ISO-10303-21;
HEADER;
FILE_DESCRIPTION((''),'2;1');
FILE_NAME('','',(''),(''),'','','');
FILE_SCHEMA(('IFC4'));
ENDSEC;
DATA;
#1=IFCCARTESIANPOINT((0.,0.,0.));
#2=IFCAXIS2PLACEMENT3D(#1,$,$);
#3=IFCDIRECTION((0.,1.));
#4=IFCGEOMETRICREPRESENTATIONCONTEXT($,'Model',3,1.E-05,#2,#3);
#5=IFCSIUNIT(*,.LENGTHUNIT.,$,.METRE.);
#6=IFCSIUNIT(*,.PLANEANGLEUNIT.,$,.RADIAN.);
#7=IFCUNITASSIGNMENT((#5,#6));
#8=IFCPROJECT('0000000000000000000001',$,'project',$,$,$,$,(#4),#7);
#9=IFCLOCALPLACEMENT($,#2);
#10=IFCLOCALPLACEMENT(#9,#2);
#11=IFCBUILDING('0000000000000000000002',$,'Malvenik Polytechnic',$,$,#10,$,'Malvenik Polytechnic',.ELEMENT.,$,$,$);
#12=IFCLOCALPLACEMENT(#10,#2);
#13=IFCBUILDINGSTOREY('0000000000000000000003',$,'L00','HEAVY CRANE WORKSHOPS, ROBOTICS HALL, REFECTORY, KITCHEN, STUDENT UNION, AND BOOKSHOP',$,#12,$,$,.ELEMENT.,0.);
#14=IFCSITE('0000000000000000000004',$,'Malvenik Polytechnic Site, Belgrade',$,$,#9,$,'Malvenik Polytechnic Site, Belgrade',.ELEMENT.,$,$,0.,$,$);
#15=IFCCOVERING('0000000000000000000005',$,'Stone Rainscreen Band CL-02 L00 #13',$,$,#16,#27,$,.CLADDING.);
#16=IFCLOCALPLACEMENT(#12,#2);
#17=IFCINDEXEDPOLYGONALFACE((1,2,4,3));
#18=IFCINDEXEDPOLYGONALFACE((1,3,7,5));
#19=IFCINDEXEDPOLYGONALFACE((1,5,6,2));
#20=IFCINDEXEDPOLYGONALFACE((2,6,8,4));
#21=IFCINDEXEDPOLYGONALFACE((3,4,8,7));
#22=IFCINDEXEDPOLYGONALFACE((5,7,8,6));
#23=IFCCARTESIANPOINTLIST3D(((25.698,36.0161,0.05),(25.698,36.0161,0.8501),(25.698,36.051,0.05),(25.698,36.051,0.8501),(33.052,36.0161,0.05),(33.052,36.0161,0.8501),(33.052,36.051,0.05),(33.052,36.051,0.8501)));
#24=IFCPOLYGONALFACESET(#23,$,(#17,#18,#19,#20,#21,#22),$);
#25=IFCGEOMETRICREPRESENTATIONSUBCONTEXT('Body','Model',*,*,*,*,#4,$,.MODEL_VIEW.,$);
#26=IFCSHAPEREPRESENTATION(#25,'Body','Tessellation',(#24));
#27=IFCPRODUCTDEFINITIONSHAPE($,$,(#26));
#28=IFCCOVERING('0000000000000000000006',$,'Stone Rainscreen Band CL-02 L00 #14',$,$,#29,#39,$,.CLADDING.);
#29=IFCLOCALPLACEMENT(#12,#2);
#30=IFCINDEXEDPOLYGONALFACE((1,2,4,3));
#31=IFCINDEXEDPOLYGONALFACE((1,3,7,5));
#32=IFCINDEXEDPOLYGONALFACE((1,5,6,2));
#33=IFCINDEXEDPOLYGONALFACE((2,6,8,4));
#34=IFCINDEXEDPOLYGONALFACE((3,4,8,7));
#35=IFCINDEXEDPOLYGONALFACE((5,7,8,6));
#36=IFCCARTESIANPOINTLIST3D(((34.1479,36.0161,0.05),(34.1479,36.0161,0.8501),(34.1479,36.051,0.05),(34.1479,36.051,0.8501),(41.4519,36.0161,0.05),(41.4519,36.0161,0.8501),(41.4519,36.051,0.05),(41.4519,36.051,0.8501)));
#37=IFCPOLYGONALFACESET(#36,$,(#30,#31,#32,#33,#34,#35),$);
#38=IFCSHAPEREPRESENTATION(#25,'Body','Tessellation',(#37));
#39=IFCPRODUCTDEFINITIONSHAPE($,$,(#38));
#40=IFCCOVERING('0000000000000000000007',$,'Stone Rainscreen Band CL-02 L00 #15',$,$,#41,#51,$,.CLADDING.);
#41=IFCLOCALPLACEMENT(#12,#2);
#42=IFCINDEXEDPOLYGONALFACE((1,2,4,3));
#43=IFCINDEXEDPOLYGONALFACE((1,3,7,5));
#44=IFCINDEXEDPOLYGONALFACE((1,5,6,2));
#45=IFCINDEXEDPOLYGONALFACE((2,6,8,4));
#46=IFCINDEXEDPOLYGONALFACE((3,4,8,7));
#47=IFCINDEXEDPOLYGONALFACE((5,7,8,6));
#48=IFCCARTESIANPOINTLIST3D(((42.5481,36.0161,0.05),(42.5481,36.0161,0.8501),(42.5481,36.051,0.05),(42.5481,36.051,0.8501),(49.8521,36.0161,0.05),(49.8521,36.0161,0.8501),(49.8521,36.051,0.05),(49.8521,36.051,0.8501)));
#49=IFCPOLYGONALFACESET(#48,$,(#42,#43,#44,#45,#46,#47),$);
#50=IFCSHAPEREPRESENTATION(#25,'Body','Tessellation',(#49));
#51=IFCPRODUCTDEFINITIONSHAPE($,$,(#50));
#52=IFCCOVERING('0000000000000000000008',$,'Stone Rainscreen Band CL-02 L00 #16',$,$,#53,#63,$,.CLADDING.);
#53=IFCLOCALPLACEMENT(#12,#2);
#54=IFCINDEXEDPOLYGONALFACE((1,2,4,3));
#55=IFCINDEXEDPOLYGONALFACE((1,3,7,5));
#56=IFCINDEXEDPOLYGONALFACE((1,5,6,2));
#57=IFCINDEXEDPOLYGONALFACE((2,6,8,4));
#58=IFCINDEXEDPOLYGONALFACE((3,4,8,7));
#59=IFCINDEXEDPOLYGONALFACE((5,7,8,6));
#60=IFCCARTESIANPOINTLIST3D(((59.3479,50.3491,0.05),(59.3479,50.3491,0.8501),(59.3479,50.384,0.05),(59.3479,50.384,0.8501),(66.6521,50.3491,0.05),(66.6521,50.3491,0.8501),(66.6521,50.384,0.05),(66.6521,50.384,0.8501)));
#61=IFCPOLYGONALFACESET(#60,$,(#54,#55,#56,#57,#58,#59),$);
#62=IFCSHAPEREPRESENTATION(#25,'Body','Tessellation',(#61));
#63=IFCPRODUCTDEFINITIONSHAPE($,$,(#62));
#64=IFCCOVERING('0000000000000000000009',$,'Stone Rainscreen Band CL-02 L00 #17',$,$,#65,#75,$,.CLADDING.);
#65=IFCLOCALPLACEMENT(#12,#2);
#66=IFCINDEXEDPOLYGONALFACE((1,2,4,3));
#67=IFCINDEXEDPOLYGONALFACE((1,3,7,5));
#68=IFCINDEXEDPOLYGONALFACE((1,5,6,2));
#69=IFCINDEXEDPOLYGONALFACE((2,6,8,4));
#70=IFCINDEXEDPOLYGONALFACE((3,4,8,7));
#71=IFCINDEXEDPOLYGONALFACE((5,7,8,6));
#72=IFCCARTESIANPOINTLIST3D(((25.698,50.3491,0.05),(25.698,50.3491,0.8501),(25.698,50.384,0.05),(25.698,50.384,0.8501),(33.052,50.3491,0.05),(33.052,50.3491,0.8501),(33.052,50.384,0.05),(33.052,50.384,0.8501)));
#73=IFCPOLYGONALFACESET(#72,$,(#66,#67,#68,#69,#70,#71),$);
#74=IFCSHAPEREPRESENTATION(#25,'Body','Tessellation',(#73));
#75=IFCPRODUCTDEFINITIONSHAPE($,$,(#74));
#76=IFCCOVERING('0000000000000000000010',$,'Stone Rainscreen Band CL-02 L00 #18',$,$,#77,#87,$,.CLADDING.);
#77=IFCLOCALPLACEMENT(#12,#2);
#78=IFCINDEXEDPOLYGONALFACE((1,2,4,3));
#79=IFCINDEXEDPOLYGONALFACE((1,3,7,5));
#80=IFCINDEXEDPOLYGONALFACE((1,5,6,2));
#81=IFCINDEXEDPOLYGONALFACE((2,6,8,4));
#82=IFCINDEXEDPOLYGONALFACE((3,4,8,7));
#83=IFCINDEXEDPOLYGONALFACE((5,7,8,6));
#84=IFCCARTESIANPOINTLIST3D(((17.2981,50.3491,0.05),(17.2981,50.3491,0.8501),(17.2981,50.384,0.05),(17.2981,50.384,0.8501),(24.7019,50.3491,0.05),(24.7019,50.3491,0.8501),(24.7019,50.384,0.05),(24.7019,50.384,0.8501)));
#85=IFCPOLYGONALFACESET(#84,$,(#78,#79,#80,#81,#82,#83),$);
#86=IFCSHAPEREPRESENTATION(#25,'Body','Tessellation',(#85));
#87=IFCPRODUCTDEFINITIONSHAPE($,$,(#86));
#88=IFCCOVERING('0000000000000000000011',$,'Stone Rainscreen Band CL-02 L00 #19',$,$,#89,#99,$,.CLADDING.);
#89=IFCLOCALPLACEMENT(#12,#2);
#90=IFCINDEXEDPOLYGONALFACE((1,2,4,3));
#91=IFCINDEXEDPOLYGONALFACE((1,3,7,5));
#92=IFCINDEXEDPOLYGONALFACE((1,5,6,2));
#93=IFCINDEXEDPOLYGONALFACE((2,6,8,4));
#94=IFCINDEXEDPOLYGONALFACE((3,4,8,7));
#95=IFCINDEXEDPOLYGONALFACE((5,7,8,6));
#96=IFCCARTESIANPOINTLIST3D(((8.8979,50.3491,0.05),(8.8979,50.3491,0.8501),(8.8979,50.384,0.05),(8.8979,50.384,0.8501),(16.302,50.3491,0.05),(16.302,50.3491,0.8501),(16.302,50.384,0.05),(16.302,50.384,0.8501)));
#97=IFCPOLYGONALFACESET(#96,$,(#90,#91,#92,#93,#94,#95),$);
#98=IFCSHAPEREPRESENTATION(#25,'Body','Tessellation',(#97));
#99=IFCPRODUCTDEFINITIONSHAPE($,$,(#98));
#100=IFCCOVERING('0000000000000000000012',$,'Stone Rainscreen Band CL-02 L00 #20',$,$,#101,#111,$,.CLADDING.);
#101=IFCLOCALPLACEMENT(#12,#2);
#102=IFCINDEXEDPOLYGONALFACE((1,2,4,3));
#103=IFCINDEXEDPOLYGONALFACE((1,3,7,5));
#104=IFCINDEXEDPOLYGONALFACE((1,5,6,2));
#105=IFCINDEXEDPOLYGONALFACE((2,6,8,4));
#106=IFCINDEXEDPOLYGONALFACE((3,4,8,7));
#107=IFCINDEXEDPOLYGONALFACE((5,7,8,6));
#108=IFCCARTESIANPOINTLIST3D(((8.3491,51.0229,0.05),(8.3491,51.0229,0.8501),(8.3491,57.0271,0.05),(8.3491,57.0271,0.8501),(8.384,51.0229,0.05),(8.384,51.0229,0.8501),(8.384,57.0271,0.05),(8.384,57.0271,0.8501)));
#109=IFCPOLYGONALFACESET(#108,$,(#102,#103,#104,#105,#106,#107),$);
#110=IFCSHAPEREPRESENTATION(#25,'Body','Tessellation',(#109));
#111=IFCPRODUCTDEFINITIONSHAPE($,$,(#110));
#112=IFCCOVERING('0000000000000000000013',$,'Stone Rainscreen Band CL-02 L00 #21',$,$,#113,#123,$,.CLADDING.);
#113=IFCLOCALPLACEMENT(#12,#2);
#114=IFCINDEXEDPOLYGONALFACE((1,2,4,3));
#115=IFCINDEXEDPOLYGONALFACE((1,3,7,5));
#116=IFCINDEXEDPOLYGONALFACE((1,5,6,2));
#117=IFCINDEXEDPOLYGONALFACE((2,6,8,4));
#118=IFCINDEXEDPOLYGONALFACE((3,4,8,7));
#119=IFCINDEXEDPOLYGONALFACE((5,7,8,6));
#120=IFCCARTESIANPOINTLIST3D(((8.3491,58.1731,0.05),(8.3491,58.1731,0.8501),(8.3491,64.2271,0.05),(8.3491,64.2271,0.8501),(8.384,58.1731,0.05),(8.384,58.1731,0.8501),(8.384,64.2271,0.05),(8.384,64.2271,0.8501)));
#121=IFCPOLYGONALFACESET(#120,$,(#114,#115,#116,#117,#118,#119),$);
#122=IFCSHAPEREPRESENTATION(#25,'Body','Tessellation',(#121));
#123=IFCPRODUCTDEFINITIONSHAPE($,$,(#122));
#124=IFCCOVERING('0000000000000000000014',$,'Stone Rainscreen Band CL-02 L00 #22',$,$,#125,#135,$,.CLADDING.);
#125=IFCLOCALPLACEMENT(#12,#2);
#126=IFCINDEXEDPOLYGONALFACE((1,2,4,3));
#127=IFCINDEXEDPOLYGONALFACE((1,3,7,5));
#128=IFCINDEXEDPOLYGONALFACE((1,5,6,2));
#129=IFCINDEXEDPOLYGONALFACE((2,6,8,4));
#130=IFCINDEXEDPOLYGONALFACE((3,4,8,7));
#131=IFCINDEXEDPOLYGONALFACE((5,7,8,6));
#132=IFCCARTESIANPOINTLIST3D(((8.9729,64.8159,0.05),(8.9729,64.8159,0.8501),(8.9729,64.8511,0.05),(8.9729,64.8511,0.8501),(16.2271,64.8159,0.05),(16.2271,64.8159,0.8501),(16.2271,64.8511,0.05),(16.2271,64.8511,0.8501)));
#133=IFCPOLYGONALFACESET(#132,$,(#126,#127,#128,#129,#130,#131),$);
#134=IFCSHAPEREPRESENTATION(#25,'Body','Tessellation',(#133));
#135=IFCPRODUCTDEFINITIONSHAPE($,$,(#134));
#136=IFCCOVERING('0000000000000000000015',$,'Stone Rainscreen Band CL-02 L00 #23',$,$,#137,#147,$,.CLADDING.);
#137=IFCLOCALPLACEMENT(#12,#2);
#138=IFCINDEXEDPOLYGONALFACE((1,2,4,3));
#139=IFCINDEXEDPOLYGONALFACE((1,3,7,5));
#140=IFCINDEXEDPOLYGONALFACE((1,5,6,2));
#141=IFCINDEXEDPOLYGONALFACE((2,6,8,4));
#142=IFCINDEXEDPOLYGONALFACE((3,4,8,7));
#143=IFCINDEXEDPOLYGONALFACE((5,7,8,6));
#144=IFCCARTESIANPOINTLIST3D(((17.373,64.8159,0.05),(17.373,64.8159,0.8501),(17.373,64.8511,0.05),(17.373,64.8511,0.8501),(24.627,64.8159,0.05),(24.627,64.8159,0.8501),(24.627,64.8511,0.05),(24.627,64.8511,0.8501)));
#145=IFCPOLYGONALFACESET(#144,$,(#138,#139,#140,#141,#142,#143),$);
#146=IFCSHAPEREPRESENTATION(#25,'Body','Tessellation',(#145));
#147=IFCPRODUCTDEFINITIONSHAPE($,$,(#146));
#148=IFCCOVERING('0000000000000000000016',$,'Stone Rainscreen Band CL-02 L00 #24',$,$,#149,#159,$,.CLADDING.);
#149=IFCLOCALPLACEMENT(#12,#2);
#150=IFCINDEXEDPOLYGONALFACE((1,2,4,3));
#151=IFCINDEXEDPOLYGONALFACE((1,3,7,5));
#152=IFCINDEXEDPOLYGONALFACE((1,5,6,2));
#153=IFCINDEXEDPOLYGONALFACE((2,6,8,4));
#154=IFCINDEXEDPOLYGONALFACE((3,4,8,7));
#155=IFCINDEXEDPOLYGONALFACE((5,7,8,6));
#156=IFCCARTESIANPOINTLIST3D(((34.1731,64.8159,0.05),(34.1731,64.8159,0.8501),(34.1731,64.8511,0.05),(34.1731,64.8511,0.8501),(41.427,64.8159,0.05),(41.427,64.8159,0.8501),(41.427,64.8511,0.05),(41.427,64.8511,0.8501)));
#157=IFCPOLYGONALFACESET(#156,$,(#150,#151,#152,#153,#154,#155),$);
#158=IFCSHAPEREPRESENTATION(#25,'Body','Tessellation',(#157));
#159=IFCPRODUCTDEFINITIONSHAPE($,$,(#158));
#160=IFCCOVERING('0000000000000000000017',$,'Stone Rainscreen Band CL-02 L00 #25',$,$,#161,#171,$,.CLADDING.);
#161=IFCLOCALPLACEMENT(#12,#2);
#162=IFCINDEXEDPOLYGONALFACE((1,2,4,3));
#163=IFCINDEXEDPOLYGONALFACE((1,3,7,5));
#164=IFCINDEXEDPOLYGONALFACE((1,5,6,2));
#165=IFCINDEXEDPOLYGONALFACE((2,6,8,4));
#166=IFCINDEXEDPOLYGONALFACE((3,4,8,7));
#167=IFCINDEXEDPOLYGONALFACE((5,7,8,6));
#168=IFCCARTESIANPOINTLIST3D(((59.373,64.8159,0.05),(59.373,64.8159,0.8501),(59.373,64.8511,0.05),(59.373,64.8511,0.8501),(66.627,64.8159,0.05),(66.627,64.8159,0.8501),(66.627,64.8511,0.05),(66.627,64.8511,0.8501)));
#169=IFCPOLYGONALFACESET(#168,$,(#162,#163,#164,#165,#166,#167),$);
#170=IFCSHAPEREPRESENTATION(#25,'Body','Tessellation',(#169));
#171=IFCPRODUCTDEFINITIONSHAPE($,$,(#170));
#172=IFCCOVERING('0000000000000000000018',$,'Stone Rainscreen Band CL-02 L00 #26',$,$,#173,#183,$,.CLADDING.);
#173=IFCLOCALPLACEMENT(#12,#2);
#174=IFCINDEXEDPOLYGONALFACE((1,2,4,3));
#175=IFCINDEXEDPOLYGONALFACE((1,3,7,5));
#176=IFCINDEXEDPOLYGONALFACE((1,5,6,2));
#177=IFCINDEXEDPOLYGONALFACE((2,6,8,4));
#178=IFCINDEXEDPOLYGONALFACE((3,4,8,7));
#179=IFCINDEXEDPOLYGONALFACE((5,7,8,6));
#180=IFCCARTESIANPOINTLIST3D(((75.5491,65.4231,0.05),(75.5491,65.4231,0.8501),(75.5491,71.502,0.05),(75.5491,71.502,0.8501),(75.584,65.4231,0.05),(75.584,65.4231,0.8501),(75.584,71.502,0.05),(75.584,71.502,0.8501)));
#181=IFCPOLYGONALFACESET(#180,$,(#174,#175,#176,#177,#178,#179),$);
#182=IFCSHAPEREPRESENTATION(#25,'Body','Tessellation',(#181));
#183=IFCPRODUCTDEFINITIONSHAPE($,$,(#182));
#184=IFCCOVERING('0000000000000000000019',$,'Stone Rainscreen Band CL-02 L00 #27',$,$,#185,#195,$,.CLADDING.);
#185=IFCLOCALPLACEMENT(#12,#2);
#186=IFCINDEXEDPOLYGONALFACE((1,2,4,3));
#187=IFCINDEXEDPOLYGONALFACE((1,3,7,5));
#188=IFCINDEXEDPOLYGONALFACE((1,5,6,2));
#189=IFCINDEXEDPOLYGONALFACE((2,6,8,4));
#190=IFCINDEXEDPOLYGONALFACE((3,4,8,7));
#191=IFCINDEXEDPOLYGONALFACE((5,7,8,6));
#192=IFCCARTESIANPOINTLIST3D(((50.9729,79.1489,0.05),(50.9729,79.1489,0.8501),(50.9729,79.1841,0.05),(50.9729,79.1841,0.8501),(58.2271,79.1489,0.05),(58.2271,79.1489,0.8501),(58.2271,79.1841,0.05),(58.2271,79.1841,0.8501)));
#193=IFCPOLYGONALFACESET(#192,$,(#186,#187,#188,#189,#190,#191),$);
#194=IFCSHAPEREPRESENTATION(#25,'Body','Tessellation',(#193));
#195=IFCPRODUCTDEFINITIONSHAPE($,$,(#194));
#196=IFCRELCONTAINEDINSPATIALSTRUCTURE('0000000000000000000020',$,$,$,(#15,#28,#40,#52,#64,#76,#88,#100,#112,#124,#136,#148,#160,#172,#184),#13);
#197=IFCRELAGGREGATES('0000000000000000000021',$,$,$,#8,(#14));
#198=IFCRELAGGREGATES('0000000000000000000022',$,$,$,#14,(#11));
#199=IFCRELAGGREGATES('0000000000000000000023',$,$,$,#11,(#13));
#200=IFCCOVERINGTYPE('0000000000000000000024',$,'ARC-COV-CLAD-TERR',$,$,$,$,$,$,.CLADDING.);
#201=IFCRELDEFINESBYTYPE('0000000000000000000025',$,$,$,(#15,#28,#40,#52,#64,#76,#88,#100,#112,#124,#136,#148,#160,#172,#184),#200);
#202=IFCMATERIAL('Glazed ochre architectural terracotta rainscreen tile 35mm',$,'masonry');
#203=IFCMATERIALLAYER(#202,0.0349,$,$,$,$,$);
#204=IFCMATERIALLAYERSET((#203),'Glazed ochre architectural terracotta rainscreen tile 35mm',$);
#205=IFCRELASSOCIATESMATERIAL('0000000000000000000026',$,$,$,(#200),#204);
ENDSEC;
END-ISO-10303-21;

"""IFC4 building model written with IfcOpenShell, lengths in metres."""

from ifc_helpers import new_model, si_unit, direction, frame, origin, place, context, subcontext, project, spatial, polyline, outline, extrude, material, layer, layer_set, type_object, element, save


model = new_model("IFC4")

# Units and contexts
model_context = context("Model", 3, precision=1e-05, world=origin(), true_north=direction((0.0, 1.0)))
body_context = subcontext(model_context, "Body", "Model", "MODEL_VIEW")
ifc_project = project(units=[si_unit("LENGTHUNIT", "METRE"), si_unit("PLANEANGLEUNIT", "RADIAN")], contexts=[model_context])

# Site, building, storey
site_placement = place(None, origin())
site = spatial("IfcSite", under=ifc_project, at=site_placement, Name="Malvenik Polytechnic Site, Belgrade", LongName="Malvenik Polytechnic Site, Belgrade", CompositionType="ELEMENT", RefElevation=0.0)
building_placement = place(site_placement, origin())
building = spatial("IfcBuilding", under=site, at=building_placement, Name="Malvenik Polytechnic", LongName="Malvenik Polytechnic", CompositionType="ELEMENT")
storey_placement = place(building_placement, origin())
storey = spatial("IfcBuildingStorey", under=building, at=storey_placement, Name="L00", Description="HEAVY CRANE WORKSHOPS, ROBOTICS HALL, REFECTORY, KITCHEN, STUDENT UNION, AND BOOKSHOP", CompositionType="ELEMENT", Elevation=0.0)

# Coverings
ifc_material_1 = material(Name="Glazed ochre architectural terracotta rainscreen tile 35mm", Category="masonry")
ifc_layer_1 = layer(ifc_material_1, 0.0349)
ifc_layer_set_1 = layer_set([ifc_layer_1], Name="Glazed ochre architectural terracotta rainscreen tile 35mm")
covering_type = type_object("IfcCoveringType", Name="ARC-COV-CLAD-TERR", PredefinedType="CLADDING", material=ifc_layer_set_1)
covering_1_placement = place(storey_placement, frame((0.0, 0.0, 0.05)))
element("IfcCovering", 1, at=covering_1_placement, inside=storey, type_object=covering_type, Name="Stone Rainscreen Band CL-02 L00 #13", PredefinedType="CLADDING", context=body_context, shape_type="SweptSolid", body=[
    extrude(outline(polyline([(25.698, 36.0161), (33.052, 36.0161), (33.052, 36.051), (25.698, 36.051), (25.698, 36.0161)])), origin(), (0.0, 0.0, 1.0), 0.8),
])
covering_2_placement = place(storey_placement, frame((0.0, 0.0, 0.05)))
element("IfcCovering", 2, at=covering_2_placement, inside=storey, type_object=covering_type, Name="Stone Rainscreen Band CL-02 L00 #14", PredefinedType="CLADDING", context=body_context, shape_type="SweptSolid", body=[
    extrude(outline(polyline([(34.1479, 36.0161), (41.4519, 36.0161), (41.4519, 36.051), (34.1479, 36.051), (34.1479, 36.0161)])), origin(), (0.0, 0.0, 1.0), 0.8),
])
covering_3_placement = place(storey_placement, frame((0.0, 0.0, 0.05)))
element("IfcCovering", 3, at=covering_3_placement, inside=storey, type_object=covering_type, Name="Stone Rainscreen Band CL-02 L00 #15", PredefinedType="CLADDING", context=body_context, shape_type="SweptSolid", body=[
    extrude(outline(polyline([(42.5481, 36.0161), (49.8521, 36.0161), (49.8521, 36.051), (42.5481, 36.051), (42.5481, 36.0161)])), origin(), (0.0, 0.0, 1.0), 0.8),
])
covering_4_placement = place(storey_placement, frame((0.0, 0.0, 0.05)))
element("IfcCovering", 4, at=covering_4_placement, inside=storey, type_object=covering_type, Name="Stone Rainscreen Band CL-02 L00 #16", PredefinedType="CLADDING", context=body_context, shape_type="SweptSolid", body=[
    extrude(outline(polyline([(66.6521, 50.384), (59.3479, 50.384), (59.3479, 50.3491), (66.6521, 50.3491), (66.6521, 50.384)])), origin(), (0.0, 0.0, 1.0), 0.8),
])
covering_5_placement = place(storey_placement, frame((0.0, 0.0, 0.05)))
element("IfcCovering", 5, at=covering_5_placement, inside=storey, type_object=covering_type, Name="Stone Rainscreen Band CL-02 L00 #17", PredefinedType="CLADDING", context=body_context, shape_type="SweptSolid", body=[
    extrude(outline(polyline([(33.052, 50.384), (25.698, 50.384), (25.698, 50.3491), (33.052, 50.3491), (33.052, 50.384)])), origin(), (0.0, 0.0, 1.0), 0.8),
])
covering_6_placement = place(storey_placement, frame((0.0, 0.0, 0.05)))
element("IfcCovering", 6, at=covering_6_placement, inside=storey, type_object=covering_type, Name="Stone Rainscreen Band CL-02 L00 #18", PredefinedType="CLADDING", context=body_context, shape_type="SweptSolid", body=[
    extrude(outline(polyline([(24.7019, 50.384), (17.2981, 50.384), (17.2981, 50.3491), (24.7019, 50.3491), (24.7019, 50.384)])), origin(), (0.0, 0.0, 1.0), 0.8),
])
covering_7_placement = place(storey_placement, frame((0.0, 0.0, 0.05)))
element("IfcCovering", 7, at=covering_7_placement, inside=storey, type_object=covering_type, Name="Stone Rainscreen Band CL-02 L00 #19", PredefinedType="CLADDING", context=body_context, shape_type="SweptSolid", body=[
    extrude(outline(polyline([(16.302, 50.384), (8.8979, 50.384), (8.8979, 50.3491), (16.302, 50.3491), (16.302, 50.384)])), origin(), (0.0, 0.0, 1.0), 0.8),
])
covering_8_placement = place(storey_placement, frame((0.0, 0.0, 0.05)))
element("IfcCovering", 8, at=covering_8_placement, inside=storey, type_object=covering_type, Name="Stone Rainscreen Band CL-02 L00 #20", PredefinedType="CLADDING", context=body_context, shape_type="SweptSolid", body=[
    extrude(outline(polyline([(8.384, 51.0229), (8.384, 57.0271), (8.3491, 57.0271), (8.3491, 51.0229), (8.384, 51.0229)])), origin(), (0.0, 0.0, 1.0), 0.8),
])
covering_9_placement = place(storey_placement, frame((0.0, 0.0, 0.05)))
element("IfcCovering", 9, at=covering_9_placement, inside=storey, type_object=covering_type, Name="Stone Rainscreen Band CL-02 L00 #21", PredefinedType="CLADDING", context=body_context, shape_type="SweptSolid", body=[
    extrude(outline(polyline([(8.384, 58.1731), (8.384, 64.2271), (8.3491, 64.2271), (8.3491, 58.1731), (8.384, 58.1731)])), origin(), (0.0, 0.0, 1.0), 0.8),
])
covering_10_placement = place(storey_placement, frame((0.0, 0.0, 0.05)))
element("IfcCovering", 10, at=covering_10_placement, inside=storey, type_object=covering_type, Name="Stone Rainscreen Band CL-02 L00 #22", PredefinedType="CLADDING", context=body_context, shape_type="SweptSolid", body=[
    extrude(outline(polyline([(8.9729, 64.8159), (16.2271, 64.8159), (16.2271, 64.8511), (8.9729, 64.8511), (8.9729, 64.8159)])), origin(), (0.0, 0.0, 1.0), 0.8),
])
covering_11_placement = place(storey_placement, frame((0.0, 0.0, 0.05)))
element("IfcCovering", 11, at=covering_11_placement, inside=storey, type_object=covering_type, Name="Stone Rainscreen Band CL-02 L00 #23", PredefinedType="CLADDING", context=body_context, shape_type="SweptSolid", body=[
    extrude(outline(polyline([(17.373, 64.8159), (24.627, 64.8159), (24.627, 64.8511), (17.373, 64.8511), (17.373, 64.8159)])), origin(), (0.0, 0.0, 1.0), 0.8),
])
covering_12_placement = place(storey_placement, frame((0.0, 0.0, 0.05)))
element("IfcCovering", 12, at=covering_12_placement, inside=storey, type_object=covering_type, Name="Stone Rainscreen Band CL-02 L00 #24", PredefinedType="CLADDING", context=body_context, shape_type="SweptSolid", body=[
    extrude(outline(polyline([(34.1731, 64.8159), (41.427, 64.8159), (41.427, 64.8511), (34.1731, 64.8511), (34.1731, 64.8159)])), origin(), (0.0, 0.0, 1.0), 0.8),
])
covering_13_placement = place(storey_placement, frame((0.0, 0.0, 0.05)))
element("IfcCovering", 13, at=covering_13_placement, inside=storey, type_object=covering_type, Name="Stone Rainscreen Band CL-02 L00 #25", PredefinedType="CLADDING", context=body_context, shape_type="SweptSolid", body=[
    extrude(outline(polyline([(59.373, 64.8159), (66.627, 64.8159), (66.627, 64.8511), (59.373, 64.8511), (59.373, 64.8159)])), origin(), (0.0, 0.0, 1.0), 0.8),
])
covering_14_placement = place(storey_placement, frame((0.0, 0.0, 0.05)))
element("IfcCovering", 14, at=covering_14_placement, inside=storey, type_object=covering_type, Name="Stone Rainscreen Band CL-02 L00 #26", PredefinedType="CLADDING", context=body_context, shape_type="SweptSolid", body=[
    extrude(outline(polyline([(75.584, 65.4231), (75.584, 71.502), (75.5491, 71.502), (75.5491, 65.4231), (75.584, 65.4231)])), origin(), (0.0, 0.0, 1.0), 0.8),
])
covering_15_placement = place(storey_placement, frame((0.0, 0.0, 0.05)))
element("IfcCovering", 15, at=covering_15_placement, inside=storey, type_object=covering_type, Name="Stone Rainscreen Band CL-02 L00 #27", PredefinedType="CLADDING", context=body_context, shape_type="SweptSolid", body=[
    extrude(outline(polyline([(58.2271, 79.1841), (50.9729, 79.1841), (50.9729, 79.1489), (58.2271, 79.1489), (58.2271, 79.1841)])), origin(), (0.0, 0.0, 1.0), 0.8),
])

save(model, "model.ifc")
